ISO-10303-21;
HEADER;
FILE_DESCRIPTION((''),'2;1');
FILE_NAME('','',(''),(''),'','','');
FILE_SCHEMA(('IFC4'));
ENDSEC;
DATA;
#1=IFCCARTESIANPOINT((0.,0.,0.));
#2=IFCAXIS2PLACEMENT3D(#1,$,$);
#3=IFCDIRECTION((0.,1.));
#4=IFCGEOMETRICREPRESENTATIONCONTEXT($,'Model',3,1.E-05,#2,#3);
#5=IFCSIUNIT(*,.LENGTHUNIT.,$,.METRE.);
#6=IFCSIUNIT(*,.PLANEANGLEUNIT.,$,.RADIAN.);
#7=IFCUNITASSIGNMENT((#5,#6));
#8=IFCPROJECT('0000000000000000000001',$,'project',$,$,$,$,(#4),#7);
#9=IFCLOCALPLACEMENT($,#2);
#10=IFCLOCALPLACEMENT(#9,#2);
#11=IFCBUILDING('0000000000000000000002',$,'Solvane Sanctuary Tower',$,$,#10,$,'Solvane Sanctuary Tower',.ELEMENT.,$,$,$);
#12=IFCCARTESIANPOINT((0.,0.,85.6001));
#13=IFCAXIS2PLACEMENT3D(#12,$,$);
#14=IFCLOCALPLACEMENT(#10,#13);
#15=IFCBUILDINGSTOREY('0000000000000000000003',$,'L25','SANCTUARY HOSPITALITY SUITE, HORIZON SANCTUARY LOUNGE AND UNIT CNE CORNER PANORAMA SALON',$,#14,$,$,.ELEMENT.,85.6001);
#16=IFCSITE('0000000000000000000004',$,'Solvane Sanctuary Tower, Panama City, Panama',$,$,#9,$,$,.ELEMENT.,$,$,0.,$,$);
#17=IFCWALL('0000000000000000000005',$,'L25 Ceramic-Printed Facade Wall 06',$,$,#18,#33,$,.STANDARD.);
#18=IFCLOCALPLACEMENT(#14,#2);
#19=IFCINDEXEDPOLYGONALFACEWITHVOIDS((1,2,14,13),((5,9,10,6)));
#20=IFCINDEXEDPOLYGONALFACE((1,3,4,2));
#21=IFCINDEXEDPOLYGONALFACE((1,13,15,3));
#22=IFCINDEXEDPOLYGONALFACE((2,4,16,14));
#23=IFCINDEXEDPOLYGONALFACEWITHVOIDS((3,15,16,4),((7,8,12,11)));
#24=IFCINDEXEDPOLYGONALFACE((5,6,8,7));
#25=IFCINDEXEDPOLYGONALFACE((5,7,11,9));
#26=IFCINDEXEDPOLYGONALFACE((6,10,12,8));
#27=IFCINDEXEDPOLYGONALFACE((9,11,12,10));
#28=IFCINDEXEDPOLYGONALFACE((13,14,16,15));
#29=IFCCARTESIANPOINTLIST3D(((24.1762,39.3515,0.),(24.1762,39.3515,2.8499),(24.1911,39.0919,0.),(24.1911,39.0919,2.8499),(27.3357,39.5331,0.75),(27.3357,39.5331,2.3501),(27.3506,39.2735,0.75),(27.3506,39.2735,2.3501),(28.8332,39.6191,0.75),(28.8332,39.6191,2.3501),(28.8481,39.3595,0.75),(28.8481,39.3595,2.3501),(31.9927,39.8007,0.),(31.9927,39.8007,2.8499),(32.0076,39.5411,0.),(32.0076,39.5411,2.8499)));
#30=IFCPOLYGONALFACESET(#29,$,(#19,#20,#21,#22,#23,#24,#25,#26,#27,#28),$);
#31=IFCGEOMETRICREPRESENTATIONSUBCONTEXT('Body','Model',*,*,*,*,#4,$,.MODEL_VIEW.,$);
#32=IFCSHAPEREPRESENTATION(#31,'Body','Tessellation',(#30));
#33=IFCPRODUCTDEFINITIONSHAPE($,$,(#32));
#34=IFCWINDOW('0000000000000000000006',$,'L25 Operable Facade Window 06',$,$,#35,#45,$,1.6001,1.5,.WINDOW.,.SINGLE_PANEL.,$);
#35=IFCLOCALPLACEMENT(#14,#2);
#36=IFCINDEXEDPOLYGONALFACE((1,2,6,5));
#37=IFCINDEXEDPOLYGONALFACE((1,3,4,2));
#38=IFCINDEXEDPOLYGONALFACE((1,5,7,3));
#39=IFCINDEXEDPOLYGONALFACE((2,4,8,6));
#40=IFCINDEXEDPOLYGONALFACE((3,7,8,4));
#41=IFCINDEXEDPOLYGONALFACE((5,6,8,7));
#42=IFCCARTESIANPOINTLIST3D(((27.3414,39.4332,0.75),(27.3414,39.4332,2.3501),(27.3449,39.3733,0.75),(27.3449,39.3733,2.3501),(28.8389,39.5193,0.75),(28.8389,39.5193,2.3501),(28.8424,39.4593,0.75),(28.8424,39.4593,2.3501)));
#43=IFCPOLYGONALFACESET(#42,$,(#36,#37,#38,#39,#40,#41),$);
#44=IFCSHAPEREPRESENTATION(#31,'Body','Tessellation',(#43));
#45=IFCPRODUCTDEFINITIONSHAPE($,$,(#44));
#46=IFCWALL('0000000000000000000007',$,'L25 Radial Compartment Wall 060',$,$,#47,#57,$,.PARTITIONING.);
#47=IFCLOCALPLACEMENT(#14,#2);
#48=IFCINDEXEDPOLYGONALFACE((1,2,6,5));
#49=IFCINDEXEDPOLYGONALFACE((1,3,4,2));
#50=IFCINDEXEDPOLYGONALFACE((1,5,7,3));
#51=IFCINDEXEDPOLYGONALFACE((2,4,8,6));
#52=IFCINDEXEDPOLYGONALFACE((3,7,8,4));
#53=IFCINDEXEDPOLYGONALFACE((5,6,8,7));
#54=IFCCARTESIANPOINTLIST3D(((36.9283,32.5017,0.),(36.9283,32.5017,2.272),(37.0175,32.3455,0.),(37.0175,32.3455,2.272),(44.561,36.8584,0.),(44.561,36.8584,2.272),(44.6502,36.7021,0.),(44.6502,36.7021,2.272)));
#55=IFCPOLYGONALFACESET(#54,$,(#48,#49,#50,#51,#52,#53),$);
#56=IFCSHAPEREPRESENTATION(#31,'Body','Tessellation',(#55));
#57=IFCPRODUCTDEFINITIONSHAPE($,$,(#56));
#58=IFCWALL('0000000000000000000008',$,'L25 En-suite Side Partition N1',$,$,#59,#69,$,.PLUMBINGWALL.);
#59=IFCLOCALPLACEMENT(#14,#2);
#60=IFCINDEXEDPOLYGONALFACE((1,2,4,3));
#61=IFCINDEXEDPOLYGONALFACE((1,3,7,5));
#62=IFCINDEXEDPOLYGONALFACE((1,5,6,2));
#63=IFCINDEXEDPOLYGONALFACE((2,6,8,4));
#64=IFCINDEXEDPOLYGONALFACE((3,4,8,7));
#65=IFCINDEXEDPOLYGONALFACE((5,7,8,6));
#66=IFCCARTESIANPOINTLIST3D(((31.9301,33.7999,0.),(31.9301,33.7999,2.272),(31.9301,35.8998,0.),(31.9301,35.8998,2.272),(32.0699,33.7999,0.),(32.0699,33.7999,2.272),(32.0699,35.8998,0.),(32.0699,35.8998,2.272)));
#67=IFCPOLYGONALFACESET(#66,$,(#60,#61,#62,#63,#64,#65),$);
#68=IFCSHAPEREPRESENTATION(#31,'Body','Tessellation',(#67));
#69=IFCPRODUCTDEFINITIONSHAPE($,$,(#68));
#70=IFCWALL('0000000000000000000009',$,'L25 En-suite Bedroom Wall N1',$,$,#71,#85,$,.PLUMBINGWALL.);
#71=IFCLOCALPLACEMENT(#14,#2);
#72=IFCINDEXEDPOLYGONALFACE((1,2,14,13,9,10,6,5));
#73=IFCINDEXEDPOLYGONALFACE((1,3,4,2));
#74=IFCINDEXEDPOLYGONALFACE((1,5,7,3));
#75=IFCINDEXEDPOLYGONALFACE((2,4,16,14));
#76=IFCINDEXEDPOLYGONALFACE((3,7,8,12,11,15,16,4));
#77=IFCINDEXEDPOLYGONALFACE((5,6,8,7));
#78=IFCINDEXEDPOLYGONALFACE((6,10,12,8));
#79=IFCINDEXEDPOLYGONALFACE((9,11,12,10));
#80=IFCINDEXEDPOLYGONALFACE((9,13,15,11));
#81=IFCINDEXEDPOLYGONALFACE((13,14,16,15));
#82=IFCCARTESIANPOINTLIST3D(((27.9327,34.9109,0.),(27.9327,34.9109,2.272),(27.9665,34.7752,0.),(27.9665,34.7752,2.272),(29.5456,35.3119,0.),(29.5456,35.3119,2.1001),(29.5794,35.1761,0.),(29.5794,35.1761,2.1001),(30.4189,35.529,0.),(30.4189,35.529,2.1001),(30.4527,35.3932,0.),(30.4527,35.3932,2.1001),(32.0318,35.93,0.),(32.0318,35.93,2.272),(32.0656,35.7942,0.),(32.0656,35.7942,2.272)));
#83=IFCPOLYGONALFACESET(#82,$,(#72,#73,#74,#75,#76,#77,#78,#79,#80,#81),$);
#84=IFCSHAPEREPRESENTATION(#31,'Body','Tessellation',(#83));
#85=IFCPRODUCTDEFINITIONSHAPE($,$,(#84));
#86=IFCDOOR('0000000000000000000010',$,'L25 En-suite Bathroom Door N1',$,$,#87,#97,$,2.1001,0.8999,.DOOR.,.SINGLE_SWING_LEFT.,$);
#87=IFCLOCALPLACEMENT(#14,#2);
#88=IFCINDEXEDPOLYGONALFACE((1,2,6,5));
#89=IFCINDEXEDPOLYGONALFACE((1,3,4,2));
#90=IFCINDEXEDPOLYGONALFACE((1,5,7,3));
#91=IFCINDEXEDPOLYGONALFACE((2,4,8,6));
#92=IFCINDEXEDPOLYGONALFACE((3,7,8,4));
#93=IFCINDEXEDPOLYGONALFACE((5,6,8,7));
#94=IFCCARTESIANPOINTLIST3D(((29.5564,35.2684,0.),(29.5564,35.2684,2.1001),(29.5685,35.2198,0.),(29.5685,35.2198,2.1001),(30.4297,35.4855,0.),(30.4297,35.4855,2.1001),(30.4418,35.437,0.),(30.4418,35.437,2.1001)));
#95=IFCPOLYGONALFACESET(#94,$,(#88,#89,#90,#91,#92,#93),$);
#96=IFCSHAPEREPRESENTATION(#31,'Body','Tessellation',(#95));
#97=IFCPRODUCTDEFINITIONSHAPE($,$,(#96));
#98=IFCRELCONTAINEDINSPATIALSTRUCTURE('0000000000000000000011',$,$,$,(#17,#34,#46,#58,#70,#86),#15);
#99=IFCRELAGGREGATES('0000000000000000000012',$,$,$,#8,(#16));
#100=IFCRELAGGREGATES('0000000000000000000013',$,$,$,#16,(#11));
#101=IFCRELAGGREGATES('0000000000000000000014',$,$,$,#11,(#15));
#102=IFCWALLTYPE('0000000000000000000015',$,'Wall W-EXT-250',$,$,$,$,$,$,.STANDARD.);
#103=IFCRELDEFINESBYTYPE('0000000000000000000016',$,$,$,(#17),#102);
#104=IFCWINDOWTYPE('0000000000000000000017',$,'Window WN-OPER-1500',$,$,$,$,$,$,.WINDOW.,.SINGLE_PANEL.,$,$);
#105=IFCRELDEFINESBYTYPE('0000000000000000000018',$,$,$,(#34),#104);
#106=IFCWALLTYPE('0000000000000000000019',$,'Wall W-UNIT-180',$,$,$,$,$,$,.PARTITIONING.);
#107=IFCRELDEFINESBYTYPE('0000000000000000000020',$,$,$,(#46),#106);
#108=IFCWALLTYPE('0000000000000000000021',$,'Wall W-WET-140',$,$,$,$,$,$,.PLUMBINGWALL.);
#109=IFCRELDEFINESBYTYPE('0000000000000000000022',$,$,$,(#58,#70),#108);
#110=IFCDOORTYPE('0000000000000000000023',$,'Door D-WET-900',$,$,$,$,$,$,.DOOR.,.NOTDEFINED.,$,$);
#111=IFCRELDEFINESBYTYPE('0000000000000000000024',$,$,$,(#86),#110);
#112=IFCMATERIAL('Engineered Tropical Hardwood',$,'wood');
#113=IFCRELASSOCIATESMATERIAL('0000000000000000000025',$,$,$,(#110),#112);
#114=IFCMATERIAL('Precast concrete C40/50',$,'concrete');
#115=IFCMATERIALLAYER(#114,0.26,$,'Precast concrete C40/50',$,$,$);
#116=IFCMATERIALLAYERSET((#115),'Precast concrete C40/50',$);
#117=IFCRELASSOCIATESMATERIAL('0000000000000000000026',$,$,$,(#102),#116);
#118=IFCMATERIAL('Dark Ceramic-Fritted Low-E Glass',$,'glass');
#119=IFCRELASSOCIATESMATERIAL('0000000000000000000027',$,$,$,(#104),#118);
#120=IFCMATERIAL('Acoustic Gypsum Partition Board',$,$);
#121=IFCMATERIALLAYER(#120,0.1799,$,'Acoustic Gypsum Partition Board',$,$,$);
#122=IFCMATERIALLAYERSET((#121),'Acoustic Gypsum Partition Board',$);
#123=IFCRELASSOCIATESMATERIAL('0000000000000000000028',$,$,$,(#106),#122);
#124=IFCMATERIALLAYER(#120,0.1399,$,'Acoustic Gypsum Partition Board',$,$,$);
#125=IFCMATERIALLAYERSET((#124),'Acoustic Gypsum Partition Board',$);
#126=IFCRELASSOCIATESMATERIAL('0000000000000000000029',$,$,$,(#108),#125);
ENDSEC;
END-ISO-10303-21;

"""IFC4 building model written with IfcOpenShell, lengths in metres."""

from ifc_helpers import new_model, si_unit, direction, frame, frame_2d, origin, place, context, subcontext, project, spatial, rectangle, extrude, material, layer, layer_set, type_object, element, fill, save


model = new_model("IFC4")

# Units and contexts
model_context = context("Model", 3, precision=1e-05, world=origin(), true_north=direction((0.0, 1.0)))
body_context = subcontext(model_context, "Body", "Model", "MODEL_VIEW")
ifc_project = project(units=[si_unit("LENGTHUNIT", "METRE"), si_unit("PLANEANGLEUNIT", "RADIAN")], contexts=[model_context])

# Site, building, storey
site_placement = place(None, origin())
site = spatial("IfcSite", under=ifc_project, at=site_placement, Name="Solvane Sanctuary Tower, Panama City, Panama", CompositionType="ELEMENT", RefElevation=0.0)
building_placement = place(site_placement, origin())
building = spatial("IfcBuilding", under=site, at=building_placement, Name="Solvane Sanctuary Tower", LongName="Solvane Sanctuary Tower", CompositionType="ELEMENT")
storey_placement = place(building_placement, frame((0.0, 0.0, 85.6001)))
storey = spatial("IfcBuildingStorey", under=building, at=storey_placement, Name="L25", Description="SANCTUARY HOSPITALITY SUITE, HORIZON SANCTUARY LOUNGE AND UNIT CNE CORNER PANORAMA SALON", CompositionType="ELEMENT", Elevation=85.6001)

# Shared definitions
ifc_material_1 = material(Name="Acoustic Gypsum Partition Board")

# Shared definitions
ifc_material_2 = material(Name="Engineered Tropical Hardwood", Category="wood")
door_type_1 = type_object("IfcDoorType", Name="Door D-WET-900", OperationType="NOTDEFINED", PredefinedType="DOOR", material=ifc_material_2)

# Wall, opening, window
ifc_material_3 = material(Name="Precast concrete C40/50", Category="concrete")
ifc_layer_1 = layer(ifc_material_3, 0.26, Name="Precast concrete C40/50")
ifc_layer_set_1 = layer_set([ifc_layer_1], Name="Precast concrete C40/50")
wall_type_1 = type_object("IfcWallType", Name="Wall W-EXT-250", PredefinedType="STANDARD", material=ifc_layer_set_1)
ifc_material_4 = material(Name="Dark Ceramic-Fritted Low-E Glass", Category="glass")
wall_1_placement = place(storey_placement, frame((32.0, 39.6709, 0.0), z_axis=(0.0, 0.0, 1.0), x_axis=(-0.998353, -0.057377, 0.0)))
wall_1 = element("IfcWall", 1, at=wall_1_placement, inside=storey, type_object=wall_type_1, Name="L25 Ceramic-Printed Facade Wall 06", PredefinedType="STANDARD", context=body_context, shape_type="SweptSolid", body=[
    extrude(rectangle(XDim=7.8293, YDim=0.26, at=frame_2d((3.9146, 0.0))), origin(), (0.0, 0.0, 1.0), 2.8499),
])
opening_1_placement = place(wall_1_placement, frame((3.1646, 0.0, 0.75)))
opening_1 = element("IfcOpeningElement", 2, at=opening_1_placement, cuts=wall_1, PredefinedType="OPENING", context=body_context, shape_type="SweptSolid", body=[
    extrude(rectangle(XDim=1.5, YDim=1.6001, at=frame_2d((0.75, 0.8))), frame((0.0, 0.1399, 0.0), z_axis=(0.0, -1.0, 0.0), x_axis=(1.0, 0.0, 0.0)), (0.0, 0.0, 1.0), 0.28),
])
window_type_1 = type_object("IfcWindowType", Name="Window WN-OPER-1500", PartitioningType="SINGLE_PANEL", PredefinedType="WINDOW", material=ifc_material_4)
window_1_placement = place(opening_1_placement, origin())
window_1 = element("IfcWindow", 3, at=window_1_placement, inside=storey, type_object=window_type_1, Name="L25 Operable Facade Window 06", OverallHeight=1.6001, OverallWidth=1.5, PartitioningType="SINGLE_PANEL", PredefinedType="WINDOW", context=body_context, shape_type="SweptSolid", body=[
    extrude(rectangle(XDim=1.5, YDim=1.6001, at=frame_2d((0.75, 0.8))), frame((0.0, 0.03, 0.0), z_axis=(0.0, -1.0, 0.0), x_axis=(1.0, 0.0, 0.0)), (0.0, 0.0, 1.0), 0.0601),
])
fill(opening_1, window_1)

# Walls
ifc_layer_2 = layer(ifc_material_1, 0.1799, Name="Acoustic Gypsum Partition Board")
ifc_layer_set_2 = layer_set([ifc_layer_2], Name="Acoustic Gypsum Partition Board")
wall_type_2 = type_object("IfcWallType", Name="Wall W-UNIT-180", PredefinedType="PARTITIONING", material=ifc_layer_set_2)
wall_2_placement = place(storey_placement, frame((36.9729, 32.4236, 0.0), z_axis=(0.0, 0.0, 1.0), x_axis=(0.868484, 0.495717, 0.0)))
element("IfcWall", 4, at=wall_2_placement, inside=storey, type_object=wall_type_2, Name="L25 Radial Compartment Wall 060", PredefinedType="PARTITIONING", context=body_context, shape_type="SweptSolid", body=[
    extrude(rectangle(XDim=8.7886, YDim=0.1799, at=frame_2d((4.3943, 0.0))), origin(), (0.0, 0.0, 1.0), 2.272),
])
ifc_layer_3 = layer(ifc_material_1, 0.1399, Name="Acoustic Gypsum Partition Board")
ifc_layer_set_3 = layer_set([ifc_layer_3], Name="Acoustic Gypsum Partition Board")
wall_type_3 = type_object("IfcWallType", Name="Wall W-WET-140", PredefinedType="PLUMBINGWALL", material=ifc_layer_set_3)
wall_3_placement = place(storey_placement, frame((32.0, 33.8, 0.0), z_axis=(0.0, 0.0, 1.0), x_axis=(0.0, 1.0, 0.0)))
element("IfcWall", 5, at=wall_3_placement, inside=storey, type_object=wall_type_3, Name="L25 En-suite Side Partition N1", PredefinedType="PLUMBINGWALL", context=body_context, shape_type="SweptSolid", body=[
    extrude(rectangle(XDim=2.0999, YDim=0.1399, at=frame_2d((1.0498, 0.0))), origin(), (0.0, 0.0, 1.0), 2.272),
])

# Wall, opening, door
wall_4_placement = place(storey_placement, frame((32.0486, 35.8621, 0.0), z_axis=(0.0, 0.0, 1.0), x_axis=(-0.970461, -0.241257, 0.0)))
wall_4 = element("IfcWall", 6, at=wall_4_placement, inside=storey, type_object=wall_type_3, Name="L25 En-suite Bedroom Wall N1", PredefinedType="PLUMBINGWALL", context=body_context, shape_type="SweptSolid", body=[
    extrude(rectangle(XDim=4.2239, YDim=0.1399, at=frame_2d((2.1118, 0.0))), origin(), (0.0, 0.0, 1.0), 2.272),
])
opening_2_placement = place(wall_4_placement, frame((1.6619, 0.0, 0.0)))
opening_2 = element("IfcOpeningElement", 7, at=opening_2_placement, cuts=wall_4, PredefinedType="OPENING", context=body_context, shape_type="SweptSolid", body=[
    extrude(rectangle(XDim=0.8999, YDim=2.1001, at=frame_2d((0.45, 1.05))), frame((0.0, 0.0798, 0.0), z_axis=(0.0, -1.0, 0.0), x_axis=(1.0, 0.0, 0.0)), (0.0, 0.0, 1.0), 0.1599),
])
door_1_placement = place(opening_2_placement, origin())
door_1 = element("IfcDoor", 8, at=door_1_placement, inside=storey, type_object=door_type_1, Name="L25 En-suite Bathroom Door N1", OperationType="SINGLE_SWING_LEFT", OverallHeight=2.1001, OverallWidth=0.8999, PredefinedType="DOOR", context=body_context, shape_type="SweptSolid", body=[
    extrude(rectangle(XDim=0.8999, YDim=2.1001, at=frame_2d((0.45, 1.05))), frame((0.0, 0.0249, 0.0), z_axis=(0.0, -1.0, 0.0), x_axis=(1.0, 0.0, 0.0)), (0.0, 0.0, 1.0), 0.05),
])
fill(opening_2, door_1)

save(model, "model.ifc")
